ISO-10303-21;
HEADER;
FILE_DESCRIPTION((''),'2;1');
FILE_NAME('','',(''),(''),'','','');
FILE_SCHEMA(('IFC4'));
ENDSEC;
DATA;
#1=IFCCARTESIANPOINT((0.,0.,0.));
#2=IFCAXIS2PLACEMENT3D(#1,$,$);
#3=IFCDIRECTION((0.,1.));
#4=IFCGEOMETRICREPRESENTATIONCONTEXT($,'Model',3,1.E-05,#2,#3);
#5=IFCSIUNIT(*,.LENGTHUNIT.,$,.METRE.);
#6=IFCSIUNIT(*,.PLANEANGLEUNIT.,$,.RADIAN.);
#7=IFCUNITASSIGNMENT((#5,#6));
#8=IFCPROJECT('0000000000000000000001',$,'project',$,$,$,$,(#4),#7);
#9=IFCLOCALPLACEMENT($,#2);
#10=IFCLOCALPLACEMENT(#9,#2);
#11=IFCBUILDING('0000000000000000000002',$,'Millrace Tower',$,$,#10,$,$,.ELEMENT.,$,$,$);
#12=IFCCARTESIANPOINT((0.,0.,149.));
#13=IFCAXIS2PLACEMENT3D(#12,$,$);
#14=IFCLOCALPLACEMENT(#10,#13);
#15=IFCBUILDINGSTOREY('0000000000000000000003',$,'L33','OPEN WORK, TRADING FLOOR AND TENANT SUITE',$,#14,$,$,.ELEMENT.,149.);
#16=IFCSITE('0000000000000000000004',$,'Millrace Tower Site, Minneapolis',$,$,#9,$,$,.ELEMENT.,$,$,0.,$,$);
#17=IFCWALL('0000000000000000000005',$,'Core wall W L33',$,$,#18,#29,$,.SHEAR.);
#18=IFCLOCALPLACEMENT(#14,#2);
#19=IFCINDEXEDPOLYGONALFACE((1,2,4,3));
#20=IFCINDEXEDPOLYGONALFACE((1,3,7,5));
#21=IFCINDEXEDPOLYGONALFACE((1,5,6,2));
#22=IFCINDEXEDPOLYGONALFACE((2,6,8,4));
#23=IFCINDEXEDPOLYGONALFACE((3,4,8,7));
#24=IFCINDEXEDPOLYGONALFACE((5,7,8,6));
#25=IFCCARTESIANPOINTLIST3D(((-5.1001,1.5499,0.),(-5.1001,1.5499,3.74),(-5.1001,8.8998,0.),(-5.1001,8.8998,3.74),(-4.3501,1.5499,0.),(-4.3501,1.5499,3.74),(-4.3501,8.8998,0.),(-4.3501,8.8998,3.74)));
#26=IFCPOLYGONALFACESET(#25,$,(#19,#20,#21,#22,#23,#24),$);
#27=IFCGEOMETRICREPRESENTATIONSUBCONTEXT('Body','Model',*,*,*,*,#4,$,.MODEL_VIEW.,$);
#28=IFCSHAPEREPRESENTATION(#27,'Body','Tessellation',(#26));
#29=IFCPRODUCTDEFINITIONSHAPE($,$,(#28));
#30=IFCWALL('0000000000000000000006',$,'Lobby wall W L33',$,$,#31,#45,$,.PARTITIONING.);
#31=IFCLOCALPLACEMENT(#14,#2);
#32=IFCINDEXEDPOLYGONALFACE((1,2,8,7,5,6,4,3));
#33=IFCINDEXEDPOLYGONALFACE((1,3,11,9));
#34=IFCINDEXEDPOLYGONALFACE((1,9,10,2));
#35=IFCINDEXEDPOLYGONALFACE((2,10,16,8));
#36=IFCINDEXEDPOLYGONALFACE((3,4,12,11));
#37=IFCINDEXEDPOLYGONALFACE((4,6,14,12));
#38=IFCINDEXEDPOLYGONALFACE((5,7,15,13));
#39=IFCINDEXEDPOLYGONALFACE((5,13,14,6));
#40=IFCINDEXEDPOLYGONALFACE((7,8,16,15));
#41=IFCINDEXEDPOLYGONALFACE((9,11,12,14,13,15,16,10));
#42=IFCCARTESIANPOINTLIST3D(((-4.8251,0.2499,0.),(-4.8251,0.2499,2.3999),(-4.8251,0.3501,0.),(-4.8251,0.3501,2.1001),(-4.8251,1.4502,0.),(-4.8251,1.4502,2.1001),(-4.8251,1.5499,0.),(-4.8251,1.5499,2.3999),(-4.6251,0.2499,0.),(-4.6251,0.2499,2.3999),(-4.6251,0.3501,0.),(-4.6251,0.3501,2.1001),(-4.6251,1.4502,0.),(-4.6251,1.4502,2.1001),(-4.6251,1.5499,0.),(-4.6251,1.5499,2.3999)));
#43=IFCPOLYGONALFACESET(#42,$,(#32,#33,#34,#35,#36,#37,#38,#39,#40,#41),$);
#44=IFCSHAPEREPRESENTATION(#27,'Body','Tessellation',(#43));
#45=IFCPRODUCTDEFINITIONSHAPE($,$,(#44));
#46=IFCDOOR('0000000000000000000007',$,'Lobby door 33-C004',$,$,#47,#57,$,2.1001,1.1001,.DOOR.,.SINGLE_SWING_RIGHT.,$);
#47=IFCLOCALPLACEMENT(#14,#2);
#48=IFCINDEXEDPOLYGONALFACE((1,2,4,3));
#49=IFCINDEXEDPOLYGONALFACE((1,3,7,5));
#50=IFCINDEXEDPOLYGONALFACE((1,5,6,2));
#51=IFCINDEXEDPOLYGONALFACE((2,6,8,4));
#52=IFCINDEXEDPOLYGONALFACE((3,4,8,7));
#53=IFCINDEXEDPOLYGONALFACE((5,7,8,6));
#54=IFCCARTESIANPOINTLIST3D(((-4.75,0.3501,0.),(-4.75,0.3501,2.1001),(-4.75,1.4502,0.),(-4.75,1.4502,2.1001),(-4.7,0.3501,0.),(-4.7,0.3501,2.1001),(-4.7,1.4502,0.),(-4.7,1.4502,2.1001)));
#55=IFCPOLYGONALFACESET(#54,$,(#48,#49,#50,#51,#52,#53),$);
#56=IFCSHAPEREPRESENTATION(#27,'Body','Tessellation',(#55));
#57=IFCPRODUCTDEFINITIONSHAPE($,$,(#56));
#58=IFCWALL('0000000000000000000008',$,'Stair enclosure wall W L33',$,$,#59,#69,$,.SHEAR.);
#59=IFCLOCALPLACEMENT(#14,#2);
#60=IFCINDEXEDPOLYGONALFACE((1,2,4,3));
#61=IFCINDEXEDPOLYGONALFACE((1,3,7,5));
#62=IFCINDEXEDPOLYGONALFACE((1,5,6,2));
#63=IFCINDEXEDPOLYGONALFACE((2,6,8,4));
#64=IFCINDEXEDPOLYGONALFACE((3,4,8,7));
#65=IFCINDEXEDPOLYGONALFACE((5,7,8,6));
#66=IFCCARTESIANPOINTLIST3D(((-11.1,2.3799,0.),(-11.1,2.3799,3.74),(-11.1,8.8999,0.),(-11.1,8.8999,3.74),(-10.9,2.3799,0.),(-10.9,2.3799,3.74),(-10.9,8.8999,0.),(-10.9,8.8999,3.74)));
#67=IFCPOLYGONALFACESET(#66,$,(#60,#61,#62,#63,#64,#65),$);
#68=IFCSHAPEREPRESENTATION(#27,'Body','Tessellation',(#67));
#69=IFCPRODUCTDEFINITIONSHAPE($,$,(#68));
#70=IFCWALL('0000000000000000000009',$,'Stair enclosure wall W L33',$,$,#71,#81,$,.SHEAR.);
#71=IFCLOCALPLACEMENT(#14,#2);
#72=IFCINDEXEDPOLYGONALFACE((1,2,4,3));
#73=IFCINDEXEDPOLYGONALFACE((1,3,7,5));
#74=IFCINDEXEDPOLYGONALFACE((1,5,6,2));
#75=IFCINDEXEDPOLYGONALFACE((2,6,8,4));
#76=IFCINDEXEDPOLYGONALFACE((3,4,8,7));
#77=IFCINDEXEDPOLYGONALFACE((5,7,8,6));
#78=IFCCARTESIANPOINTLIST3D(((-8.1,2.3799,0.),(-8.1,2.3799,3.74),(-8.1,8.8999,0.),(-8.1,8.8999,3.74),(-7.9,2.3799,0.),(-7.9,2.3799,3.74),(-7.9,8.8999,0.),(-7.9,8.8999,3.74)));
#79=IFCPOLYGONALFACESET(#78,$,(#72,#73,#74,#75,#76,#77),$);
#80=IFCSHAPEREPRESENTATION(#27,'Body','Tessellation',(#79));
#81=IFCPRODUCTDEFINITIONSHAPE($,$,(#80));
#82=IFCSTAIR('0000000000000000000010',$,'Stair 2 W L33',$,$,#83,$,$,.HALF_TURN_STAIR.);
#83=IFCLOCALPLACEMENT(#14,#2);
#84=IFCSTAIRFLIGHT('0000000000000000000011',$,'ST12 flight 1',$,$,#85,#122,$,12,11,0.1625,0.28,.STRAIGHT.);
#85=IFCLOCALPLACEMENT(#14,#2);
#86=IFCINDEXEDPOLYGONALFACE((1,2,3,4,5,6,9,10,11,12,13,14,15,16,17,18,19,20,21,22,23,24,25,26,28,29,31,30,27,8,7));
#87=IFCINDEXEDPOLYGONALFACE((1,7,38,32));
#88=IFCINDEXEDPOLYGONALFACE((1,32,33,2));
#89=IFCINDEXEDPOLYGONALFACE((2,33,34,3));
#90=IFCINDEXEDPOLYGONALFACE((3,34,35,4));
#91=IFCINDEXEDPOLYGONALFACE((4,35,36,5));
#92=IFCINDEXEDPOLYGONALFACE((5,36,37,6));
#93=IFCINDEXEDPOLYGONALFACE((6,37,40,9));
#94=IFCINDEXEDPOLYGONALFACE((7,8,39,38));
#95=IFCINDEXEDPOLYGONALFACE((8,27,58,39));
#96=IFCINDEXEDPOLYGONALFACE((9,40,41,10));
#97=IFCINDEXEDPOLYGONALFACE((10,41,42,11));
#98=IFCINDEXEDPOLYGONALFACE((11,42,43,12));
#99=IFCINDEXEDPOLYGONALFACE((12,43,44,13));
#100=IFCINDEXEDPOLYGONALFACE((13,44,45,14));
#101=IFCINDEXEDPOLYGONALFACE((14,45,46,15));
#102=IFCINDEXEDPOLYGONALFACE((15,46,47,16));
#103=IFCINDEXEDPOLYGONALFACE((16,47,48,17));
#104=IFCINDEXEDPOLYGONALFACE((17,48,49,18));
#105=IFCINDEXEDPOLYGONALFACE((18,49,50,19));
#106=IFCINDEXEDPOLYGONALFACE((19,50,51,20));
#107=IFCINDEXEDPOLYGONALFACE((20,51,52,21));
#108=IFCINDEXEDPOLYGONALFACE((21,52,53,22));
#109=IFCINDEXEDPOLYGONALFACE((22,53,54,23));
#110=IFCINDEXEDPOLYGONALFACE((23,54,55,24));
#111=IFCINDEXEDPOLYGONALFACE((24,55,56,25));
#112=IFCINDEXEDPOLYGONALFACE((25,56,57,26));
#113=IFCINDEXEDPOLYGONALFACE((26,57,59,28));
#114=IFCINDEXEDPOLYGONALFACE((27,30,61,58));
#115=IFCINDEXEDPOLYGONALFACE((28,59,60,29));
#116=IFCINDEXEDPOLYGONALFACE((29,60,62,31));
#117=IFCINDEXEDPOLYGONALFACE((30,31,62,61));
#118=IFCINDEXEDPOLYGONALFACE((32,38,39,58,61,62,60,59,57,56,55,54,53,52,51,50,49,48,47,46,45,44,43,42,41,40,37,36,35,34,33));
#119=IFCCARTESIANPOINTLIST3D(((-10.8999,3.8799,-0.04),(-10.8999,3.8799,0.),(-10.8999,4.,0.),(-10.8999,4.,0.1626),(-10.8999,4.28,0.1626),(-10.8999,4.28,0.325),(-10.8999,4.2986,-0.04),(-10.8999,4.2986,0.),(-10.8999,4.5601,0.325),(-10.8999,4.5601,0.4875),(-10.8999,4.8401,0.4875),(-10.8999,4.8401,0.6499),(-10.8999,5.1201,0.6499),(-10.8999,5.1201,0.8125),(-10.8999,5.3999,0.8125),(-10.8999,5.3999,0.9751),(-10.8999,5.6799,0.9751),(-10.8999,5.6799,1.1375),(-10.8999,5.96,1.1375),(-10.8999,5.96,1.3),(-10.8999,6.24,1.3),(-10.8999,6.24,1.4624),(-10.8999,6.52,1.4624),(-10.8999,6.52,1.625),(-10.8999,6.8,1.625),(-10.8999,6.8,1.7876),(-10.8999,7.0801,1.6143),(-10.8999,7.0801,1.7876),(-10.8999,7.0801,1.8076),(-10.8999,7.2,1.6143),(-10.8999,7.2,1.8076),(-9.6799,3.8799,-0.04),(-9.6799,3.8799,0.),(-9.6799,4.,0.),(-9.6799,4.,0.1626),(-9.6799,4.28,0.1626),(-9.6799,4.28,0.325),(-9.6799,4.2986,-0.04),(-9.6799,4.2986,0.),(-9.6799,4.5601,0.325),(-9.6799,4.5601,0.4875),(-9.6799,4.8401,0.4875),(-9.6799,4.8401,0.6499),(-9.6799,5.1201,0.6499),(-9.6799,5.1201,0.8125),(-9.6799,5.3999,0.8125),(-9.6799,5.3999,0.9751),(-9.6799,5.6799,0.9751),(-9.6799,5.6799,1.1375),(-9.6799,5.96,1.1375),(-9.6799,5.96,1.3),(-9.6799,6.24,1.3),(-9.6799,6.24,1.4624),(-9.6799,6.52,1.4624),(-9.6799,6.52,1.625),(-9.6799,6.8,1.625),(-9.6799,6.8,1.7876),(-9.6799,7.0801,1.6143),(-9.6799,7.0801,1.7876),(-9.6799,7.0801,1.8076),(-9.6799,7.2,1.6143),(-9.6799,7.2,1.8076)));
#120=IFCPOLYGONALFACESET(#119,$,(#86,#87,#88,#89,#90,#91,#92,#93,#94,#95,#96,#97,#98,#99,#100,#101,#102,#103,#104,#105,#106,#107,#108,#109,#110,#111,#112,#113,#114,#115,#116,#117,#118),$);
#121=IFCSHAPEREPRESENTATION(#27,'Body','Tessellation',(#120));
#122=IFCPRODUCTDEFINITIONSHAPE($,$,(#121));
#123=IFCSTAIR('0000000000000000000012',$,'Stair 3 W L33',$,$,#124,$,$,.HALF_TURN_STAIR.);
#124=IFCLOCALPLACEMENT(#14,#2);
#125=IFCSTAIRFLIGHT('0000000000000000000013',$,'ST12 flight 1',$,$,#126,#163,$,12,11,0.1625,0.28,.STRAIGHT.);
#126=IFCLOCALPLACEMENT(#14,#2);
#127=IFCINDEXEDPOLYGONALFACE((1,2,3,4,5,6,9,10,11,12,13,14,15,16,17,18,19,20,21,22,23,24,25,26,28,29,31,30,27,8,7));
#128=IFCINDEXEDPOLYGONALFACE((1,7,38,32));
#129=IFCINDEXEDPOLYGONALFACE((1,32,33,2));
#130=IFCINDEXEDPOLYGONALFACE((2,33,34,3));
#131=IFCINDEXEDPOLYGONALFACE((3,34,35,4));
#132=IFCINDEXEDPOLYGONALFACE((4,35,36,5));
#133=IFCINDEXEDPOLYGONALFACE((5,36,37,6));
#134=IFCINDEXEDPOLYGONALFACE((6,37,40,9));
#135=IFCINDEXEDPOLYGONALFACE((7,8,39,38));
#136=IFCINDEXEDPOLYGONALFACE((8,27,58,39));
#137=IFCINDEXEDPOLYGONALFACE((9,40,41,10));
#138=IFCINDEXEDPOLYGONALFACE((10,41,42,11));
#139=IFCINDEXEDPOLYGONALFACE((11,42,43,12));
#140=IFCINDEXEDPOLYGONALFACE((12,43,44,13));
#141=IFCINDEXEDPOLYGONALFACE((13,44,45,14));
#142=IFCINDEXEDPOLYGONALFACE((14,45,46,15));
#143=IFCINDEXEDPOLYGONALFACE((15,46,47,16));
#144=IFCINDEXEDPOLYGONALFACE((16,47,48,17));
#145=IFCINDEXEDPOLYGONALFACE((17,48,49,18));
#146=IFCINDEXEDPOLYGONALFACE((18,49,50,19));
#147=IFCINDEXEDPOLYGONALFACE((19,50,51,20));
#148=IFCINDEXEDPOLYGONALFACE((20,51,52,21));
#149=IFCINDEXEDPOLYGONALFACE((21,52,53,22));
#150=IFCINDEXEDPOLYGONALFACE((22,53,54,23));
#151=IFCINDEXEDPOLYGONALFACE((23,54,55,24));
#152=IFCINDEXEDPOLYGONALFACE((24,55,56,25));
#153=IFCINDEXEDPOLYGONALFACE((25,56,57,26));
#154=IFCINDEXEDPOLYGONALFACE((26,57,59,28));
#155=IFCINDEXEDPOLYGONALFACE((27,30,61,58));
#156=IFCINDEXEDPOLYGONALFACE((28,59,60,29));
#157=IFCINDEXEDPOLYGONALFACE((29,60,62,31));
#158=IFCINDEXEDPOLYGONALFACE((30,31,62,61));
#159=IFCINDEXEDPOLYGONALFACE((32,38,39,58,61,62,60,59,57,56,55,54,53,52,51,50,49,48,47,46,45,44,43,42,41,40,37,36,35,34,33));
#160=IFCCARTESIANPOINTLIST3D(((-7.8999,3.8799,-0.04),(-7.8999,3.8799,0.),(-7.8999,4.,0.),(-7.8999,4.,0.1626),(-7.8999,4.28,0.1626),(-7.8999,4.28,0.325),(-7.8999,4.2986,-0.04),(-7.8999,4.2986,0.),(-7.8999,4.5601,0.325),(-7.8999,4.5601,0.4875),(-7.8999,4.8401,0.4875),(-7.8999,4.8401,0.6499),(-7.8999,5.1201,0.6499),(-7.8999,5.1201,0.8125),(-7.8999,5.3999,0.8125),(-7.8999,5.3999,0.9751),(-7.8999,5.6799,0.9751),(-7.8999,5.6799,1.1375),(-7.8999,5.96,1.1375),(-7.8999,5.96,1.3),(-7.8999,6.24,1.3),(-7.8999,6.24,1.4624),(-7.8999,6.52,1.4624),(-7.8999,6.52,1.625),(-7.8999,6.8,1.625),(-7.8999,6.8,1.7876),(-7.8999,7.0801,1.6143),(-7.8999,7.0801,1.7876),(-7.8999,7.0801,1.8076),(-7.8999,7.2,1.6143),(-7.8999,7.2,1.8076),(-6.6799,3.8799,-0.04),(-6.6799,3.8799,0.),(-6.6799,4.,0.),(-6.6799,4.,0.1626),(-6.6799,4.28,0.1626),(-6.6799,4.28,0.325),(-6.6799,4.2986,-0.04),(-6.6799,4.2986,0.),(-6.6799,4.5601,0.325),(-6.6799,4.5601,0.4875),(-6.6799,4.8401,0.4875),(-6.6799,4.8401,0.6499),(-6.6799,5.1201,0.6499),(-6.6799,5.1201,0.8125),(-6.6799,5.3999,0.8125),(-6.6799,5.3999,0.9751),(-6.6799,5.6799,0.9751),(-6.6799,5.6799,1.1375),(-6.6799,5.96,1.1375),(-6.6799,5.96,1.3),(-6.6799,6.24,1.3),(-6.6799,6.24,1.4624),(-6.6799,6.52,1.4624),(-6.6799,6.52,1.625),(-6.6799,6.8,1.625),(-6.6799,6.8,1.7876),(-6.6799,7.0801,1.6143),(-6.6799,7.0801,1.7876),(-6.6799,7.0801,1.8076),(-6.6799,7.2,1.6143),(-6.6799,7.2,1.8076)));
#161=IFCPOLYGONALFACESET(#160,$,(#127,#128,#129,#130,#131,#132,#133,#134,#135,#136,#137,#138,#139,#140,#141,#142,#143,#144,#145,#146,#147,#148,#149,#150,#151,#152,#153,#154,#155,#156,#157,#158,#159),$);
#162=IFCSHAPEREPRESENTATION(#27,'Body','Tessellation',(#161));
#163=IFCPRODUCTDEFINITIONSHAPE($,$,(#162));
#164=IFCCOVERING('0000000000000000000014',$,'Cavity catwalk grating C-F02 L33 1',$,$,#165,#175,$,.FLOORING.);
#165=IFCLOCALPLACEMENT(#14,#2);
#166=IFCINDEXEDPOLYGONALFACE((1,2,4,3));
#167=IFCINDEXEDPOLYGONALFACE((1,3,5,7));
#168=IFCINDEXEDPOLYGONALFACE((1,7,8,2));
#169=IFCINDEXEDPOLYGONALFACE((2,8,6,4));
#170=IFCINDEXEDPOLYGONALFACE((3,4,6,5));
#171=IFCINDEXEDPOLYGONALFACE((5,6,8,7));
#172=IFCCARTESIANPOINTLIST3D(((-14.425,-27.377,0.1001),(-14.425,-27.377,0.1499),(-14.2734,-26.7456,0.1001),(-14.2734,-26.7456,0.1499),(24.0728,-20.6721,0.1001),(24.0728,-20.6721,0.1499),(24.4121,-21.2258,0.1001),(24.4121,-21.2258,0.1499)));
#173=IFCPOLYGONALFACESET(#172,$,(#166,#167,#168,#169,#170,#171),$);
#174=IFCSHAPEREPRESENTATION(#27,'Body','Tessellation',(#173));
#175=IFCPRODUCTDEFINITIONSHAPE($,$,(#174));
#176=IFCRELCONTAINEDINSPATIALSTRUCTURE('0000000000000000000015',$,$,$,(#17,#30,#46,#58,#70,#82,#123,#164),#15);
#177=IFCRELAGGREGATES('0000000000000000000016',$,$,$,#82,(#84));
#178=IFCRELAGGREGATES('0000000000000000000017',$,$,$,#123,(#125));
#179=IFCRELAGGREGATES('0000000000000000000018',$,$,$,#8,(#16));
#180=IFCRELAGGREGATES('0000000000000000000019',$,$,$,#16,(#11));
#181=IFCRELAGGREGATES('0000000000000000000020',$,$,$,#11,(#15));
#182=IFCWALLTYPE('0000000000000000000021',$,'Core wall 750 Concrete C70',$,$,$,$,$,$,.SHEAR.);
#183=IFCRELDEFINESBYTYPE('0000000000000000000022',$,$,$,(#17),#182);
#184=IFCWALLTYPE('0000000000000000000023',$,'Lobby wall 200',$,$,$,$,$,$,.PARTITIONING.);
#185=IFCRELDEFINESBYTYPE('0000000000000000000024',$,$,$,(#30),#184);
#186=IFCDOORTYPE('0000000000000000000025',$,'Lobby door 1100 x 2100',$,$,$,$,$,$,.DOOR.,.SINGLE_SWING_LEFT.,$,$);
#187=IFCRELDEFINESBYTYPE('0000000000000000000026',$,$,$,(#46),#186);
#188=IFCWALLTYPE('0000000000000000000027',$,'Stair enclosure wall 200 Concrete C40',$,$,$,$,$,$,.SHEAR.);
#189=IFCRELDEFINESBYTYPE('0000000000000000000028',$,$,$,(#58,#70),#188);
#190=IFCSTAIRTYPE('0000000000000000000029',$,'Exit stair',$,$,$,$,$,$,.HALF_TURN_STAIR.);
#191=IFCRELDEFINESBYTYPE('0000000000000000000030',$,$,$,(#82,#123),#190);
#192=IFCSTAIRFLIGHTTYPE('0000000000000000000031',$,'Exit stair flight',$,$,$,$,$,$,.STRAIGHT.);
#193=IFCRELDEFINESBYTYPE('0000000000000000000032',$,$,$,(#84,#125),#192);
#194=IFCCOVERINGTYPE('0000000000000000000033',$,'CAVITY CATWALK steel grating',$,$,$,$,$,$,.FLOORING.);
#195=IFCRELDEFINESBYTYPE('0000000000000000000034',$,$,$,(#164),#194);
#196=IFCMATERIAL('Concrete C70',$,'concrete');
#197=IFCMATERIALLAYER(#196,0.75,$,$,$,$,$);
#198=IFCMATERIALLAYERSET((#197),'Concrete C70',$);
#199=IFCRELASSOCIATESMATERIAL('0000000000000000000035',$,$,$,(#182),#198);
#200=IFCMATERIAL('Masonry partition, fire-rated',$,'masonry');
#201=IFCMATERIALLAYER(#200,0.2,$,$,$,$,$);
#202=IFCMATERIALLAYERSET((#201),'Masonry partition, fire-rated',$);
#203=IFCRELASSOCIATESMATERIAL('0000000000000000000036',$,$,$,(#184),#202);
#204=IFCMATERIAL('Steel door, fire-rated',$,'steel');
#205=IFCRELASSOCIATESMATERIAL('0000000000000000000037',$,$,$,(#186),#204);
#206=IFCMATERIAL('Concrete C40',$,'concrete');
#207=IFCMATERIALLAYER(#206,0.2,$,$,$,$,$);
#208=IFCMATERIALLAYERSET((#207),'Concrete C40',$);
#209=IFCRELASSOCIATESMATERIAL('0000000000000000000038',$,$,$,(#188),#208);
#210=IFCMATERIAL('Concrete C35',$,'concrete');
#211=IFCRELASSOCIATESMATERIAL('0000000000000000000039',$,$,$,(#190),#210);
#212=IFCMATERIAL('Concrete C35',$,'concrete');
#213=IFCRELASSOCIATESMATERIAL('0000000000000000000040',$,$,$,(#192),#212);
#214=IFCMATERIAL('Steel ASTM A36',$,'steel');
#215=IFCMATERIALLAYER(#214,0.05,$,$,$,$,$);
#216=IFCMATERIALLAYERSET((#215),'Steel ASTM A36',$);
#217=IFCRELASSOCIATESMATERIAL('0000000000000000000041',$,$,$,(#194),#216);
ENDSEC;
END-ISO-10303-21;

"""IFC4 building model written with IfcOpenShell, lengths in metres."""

from ifc_helpers import new_model, si_unit, direction, frame, frame_2d, origin, place, context, subcontext, project, spatial, polyline, rectangle, outline, extrude, material, layer, layer_set, type_object, element, fill, aggregate, save


model = new_model("IFC4")

# Units and contexts
model_context = context("Model", 3, precision=1e-05, world=origin(), true_north=direction((0.0, 1.0)))
body_context = subcontext(model_context, "Body", "Model", "MODEL_VIEW")
ifc_project = project(units=[si_unit("LENGTHUNIT", "METRE"), si_unit("PLANEANGLEUNIT", "RADIAN")], contexts=[model_context])

# Site, building, storey
site_placement = place(None, origin())
site = spatial("IfcSite", under=ifc_project, at=site_placement, Name="Millrace Tower Site, Minneapolis", CompositionType="ELEMENT", RefElevation=0.0)
building_placement = place(site_placement, origin())
building = spatial("IfcBuilding", under=site, at=building_placement, Name="Millrace Tower", CompositionType="ELEMENT")
storey_placement = place(building_placement, frame((0.0, 0.0, 149.0)))
storey = spatial("IfcBuildingStorey", under=building, at=storey_placement, Name="L33", Description="OPEN WORK, TRADING FLOOR AND TENANT SUITE", CompositionType="ELEMENT", Elevation=149.0)

# Shared definitions
placement_1 = place(storey_placement, origin())

# Wall
ifc_material_1 = material(Name="Concrete C70", Category="concrete")
ifc_layer_1 = layer(ifc_material_1, 0.75)
ifc_layer_set_1 = layer_set([ifc_layer_1], Name="Concrete C70")
wall_type_1 = type_object("IfcWallType", Name="Core wall 750 Concrete C70", PredefinedType="SHEAR", material=ifc_layer_set_1)
wall_1_placement = place(storey_placement, frame((-4.7251, 1.55, 0.0), z_axis=(0.0, 0.0, 1.0), x_axis=(0.0, 1.0, 0.0)))
element("IfcWall", 1, at=wall_1_placement, inside=storey, type_object=wall_type_1, Name="Core wall W L33", PredefinedType="SHEAR", context=body_context, shape_type="SweptSolid", body=[
    extrude(rectangle(XDim=7.3499, YDim=0.75, at=frame_2d((3.6748, 0.0))), origin(), (0.0, 0.0, 1.0), 3.74),
])

# Wall, opening, door
ifc_material_2 = material(Name="Masonry partition, fire-rated", Category="masonry")
ifc_layer_2 = layer(ifc_material_2, 0.2)
ifc_layer_set_2 = layer_set([ifc_layer_2], Name="Masonry partition, fire-rated")
wall_type_2 = type_object("IfcWallType", Name="Lobby wall 200", PredefinedType="PARTITIONING", material=ifc_layer_set_2)
wall_2_placement = place(storey_placement, frame((-4.7251, 0.25, 0.0), z_axis=(0.0, 0.0, 1.0), x_axis=(0.0, 1.0, 0.0)))
wall_2 = element("IfcWall", 2, at=wall_2_placement, inside=storey, type_object=wall_type_2, Name="Lobby wall W L33", PredefinedType="PARTITIONING", context=body_context, shape_type="SweptSolid", body=[
    extrude(rectangle(XDim=1.3, YDim=0.2, at=frame_2d((0.6499, 0.0))), origin(), (0.0, 0.0, 1.0), 2.3999),
])
opening_placement = place(wall_2_placement, frame((0.1001, 0.0, 0.0)))
opening = element("IfcOpeningElement", 3, at=opening_placement, cuts=wall_2, PredefinedType="OPENING", context=body_context, shape_type="SweptSolid", body=[
    extrude(rectangle(XDim=1.1001, YDim=2.1001, at=frame_2d((0.55, 1.05))), frame((0.0, 0.1099, 0.0), z_axis=(0.0, -1.0, 0.0), x_axis=(1.0, 0.0, 0.0)), (0.0, 0.0, 1.0), 0.22),
])
ifc_material_3 = material(Name="Steel door, fire-rated", Category="steel")
door_type = type_object("IfcDoorType", Name="Lobby door 1100 x 2100", OperationType="SINGLE_SWING_LEFT", PredefinedType="DOOR", material=ifc_material_3)
door_placement = place(opening_placement, origin())
door = element("IfcDoor", 4, at=door_placement, inside=storey, type_object=door_type, Name="Lobby door 33-C004", OperationType="SINGLE_SWING_RIGHT", OverallHeight=2.1001, OverallWidth=1.1001, PredefinedType="DOOR", context=body_context, shape_type="SweptSolid", body=[
    extrude(rectangle(XDim=1.1001, YDim=2.1001, at=frame_2d((0.55, 1.05))), frame((0.0, 0.0249, 0.0), z_axis=(0.0, -1.0, 0.0), x_axis=(1.0, 0.0, 0.0)), (0.0, 0.0, 1.0), 0.05),
])
fill(opening, door)

# Walls
ifc_material_4 = material(Name="Concrete C40", Category="concrete")
ifc_layer_3 = layer(ifc_material_4, 0.2)
ifc_layer_set_3 = layer_set([ifc_layer_3], Name="Concrete C40")
wall_type_3 = type_object("IfcWallType", Name="Stair enclosure wall 200 Concrete C40", PredefinedType="SHEAR", material=ifc_layer_set_3)
for number, where, z_axis, x_axis, name in (
    (5, (-11.0, 2.3799, 0.0), (0.0, 0.0, 1.0), (0.0, 1.0, 0.0), "Stair enclosure wall W L33"),
    (6, (-8.0, 2.3799, 0.0), (0.0, 0.0, 1.0), (0.0, 1.0, 0.0), "Stair enclosure wall W L33"),
):
    element("IfcWall", number, at=place(storey_placement, frame(where, z_axis=z_axis, x_axis=x_axis)), inside=storey, type_object=wall_type_3, Name=name, PredefinedType="SHEAR", context=body_context, shape_type="SweptSolid", body=[
        extrude(rectangle(XDim=6.52, YDim=0.2, at=frame_2d((3.26, 0.0))), origin(), (0.0, 0.0, 1.0), 3.74),
    ])

# Stairs, stair flights
ifc_material_5 = material(Name="Concrete C35", Category="concrete")
stair_type = type_object("IfcStairType", Name="Exit stair", PredefinedType="HALF_TURN_STAIR", material=ifc_material_5)
stair_1 = element("IfcStair", 7, at=placement_1, inside=storey, type_object=stair_type, Name="Stair 2 W L33", PredefinedType="HALF_TURN_STAIR")
ifc_material_6 = material(Name="Concrete C35", Category="concrete")
stair_flight_type = type_object("IfcStairFlightType", Name="Exit stair flight", PredefinedType="STRAIGHT", material=ifc_material_6)
stair_flight_1_placement = place(storey_placement, frame((-10.29, 4.0, 0.0), z_axis=(0.0, 0.0, 1.0), x_axis=(0.0, 1.0, 0.0)))
stair_flight_1 = element("IfcStairFlight", 8, at=stair_flight_1_placement, type_object=stair_flight_type, Name="ST12 flight 1", NumberOfRisers=12, NumberOfTreads=11, PredefinedType="STRAIGHT", RiserHeight=0.1625, TreadLength=0.28, context=body_context, shape_type="SweptSolid", body=[
    extrude(outline(polyline([(-0.1201, -0.04), (-0.1201, 0.0), (0.0, 0.0), (0.0, 0.1626), (0.28, 0.1626), (0.28, 0.325), (0.5601, 0.325), (0.5601, 0.4875), (0.8401, 0.4875), (0.8401, 0.6499), (1.1201, 0.6499), (1.1201, 0.8125), (1.3999, 0.8125), (1.3999, 0.9751), (1.6799, 0.9751), (1.6799, 1.1375), (1.96, 1.1375), (1.96, 1.3), (2.24, 1.3), (2.24, 1.4624), (2.52, 1.4624), (2.52, 1.625), (2.8, 1.625), (2.8, 1.7876), (3.0801, 1.7876), (3.0801, 1.8076), (3.2, 1.8076), (3.2, 1.6143), (3.0801, 1.6143), (0.2986, 0.0), (0.2986, -0.04), (-0.1201, -0.04)])), frame((0.0, 0.6099, 0.0), z_axis=(0.0, -1.0, 0.0), x_axis=(1.0, 0.0, 0.0)), (0.0, 0.0, 1.0), 1.22),
])
aggregate(stair_1, [stair_flight_1])
stair_2 = element("IfcStair", 9, at=placement_1, inside=storey, type_object=stair_type, Name="Stair 3 W L33", PredefinedType="HALF_TURN_STAIR")
stair_flight_2_placement = place(storey_placement, frame((-7.29, 4.0, 0.0), z_axis=(0.0, 0.0, 1.0), x_axis=(0.0, 1.0, 0.0)))
stair_flight_2 = element("IfcStairFlight", 10, at=stair_flight_2_placement, type_object=stair_flight_type, Name="ST12 flight 1", NumberOfRisers=12, NumberOfTreads=11, PredefinedType="STRAIGHT", RiserHeight=0.1625, TreadLength=0.28, context=body_context, shape_type="SweptSolid", body=[
    extrude(outline(polyline([(-0.1201, -0.04), (-0.1201, 0.0), (0.0, 0.0), (0.0, 0.1626), (0.28, 0.1626), (0.28, 0.325), (0.5601, 0.325), (0.5601, 0.4875), (0.8401, 0.4875), (0.8401, 0.6499), (1.1201, 0.6499), (1.1201, 0.8125), (1.3999, 0.8125), (1.3999, 0.9751), (1.6799, 0.9751), (1.6799, 1.1375), (1.96, 1.1375), (1.96, 1.3), (2.24, 1.3), (2.24, 1.4624), (2.52, 1.4624), (2.52, 1.625), (2.8, 1.625), (2.8, 1.7876), (3.0801, 1.7876), (3.0801, 1.8076), (3.2, 1.8076), (3.2, 1.6143), (3.0801, 1.6143), (0.2986, 0.0), (0.2986, -0.04), (-0.1201, -0.04)])), frame((0.0, 0.6099, 0.0), z_axis=(0.0, -1.0, 0.0), x_axis=(1.0, 0.0, 0.0)), (0.0, 0.0, 1.0), 1.22),
])
aggregate(stair_2, [stair_flight_2])

# Covering
ifc_material_7 = material(Name="Steel ASTM A36", Category="steel")
ifc_layer_4 = layer(ifc_material_7, 0.05)
ifc_layer_set_4 = layer_set([ifc_layer_4], Name="Steel ASTM A36")
covering_type = type_object("IfcCoveringType", Name="CAVITY CATWALK steel grating", PredefinedType="FLOORING", material=ifc_layer_set_4)
placement_2 = place(storey_placement, frame((0.0, 0.0, 0.1001)))
element("IfcCovering", 11, at=placement_2, inside=storey, type_object=covering_type, Name="Cavity catwalk grating C-F02 L33 1", PredefinedType="FLOORING", context=body_context, shape_type="SweptSolid", body=[
    extrude(outline(polyline([(-14.425, -27.377), (24.4121, -21.2258), (24.0728, -20.6721), (-14.2734, -26.7456), (-14.425, -27.377)])), origin(), (0.0, 0.0, 1.0), 0.0498),
])

save(model, "model.ifc")
